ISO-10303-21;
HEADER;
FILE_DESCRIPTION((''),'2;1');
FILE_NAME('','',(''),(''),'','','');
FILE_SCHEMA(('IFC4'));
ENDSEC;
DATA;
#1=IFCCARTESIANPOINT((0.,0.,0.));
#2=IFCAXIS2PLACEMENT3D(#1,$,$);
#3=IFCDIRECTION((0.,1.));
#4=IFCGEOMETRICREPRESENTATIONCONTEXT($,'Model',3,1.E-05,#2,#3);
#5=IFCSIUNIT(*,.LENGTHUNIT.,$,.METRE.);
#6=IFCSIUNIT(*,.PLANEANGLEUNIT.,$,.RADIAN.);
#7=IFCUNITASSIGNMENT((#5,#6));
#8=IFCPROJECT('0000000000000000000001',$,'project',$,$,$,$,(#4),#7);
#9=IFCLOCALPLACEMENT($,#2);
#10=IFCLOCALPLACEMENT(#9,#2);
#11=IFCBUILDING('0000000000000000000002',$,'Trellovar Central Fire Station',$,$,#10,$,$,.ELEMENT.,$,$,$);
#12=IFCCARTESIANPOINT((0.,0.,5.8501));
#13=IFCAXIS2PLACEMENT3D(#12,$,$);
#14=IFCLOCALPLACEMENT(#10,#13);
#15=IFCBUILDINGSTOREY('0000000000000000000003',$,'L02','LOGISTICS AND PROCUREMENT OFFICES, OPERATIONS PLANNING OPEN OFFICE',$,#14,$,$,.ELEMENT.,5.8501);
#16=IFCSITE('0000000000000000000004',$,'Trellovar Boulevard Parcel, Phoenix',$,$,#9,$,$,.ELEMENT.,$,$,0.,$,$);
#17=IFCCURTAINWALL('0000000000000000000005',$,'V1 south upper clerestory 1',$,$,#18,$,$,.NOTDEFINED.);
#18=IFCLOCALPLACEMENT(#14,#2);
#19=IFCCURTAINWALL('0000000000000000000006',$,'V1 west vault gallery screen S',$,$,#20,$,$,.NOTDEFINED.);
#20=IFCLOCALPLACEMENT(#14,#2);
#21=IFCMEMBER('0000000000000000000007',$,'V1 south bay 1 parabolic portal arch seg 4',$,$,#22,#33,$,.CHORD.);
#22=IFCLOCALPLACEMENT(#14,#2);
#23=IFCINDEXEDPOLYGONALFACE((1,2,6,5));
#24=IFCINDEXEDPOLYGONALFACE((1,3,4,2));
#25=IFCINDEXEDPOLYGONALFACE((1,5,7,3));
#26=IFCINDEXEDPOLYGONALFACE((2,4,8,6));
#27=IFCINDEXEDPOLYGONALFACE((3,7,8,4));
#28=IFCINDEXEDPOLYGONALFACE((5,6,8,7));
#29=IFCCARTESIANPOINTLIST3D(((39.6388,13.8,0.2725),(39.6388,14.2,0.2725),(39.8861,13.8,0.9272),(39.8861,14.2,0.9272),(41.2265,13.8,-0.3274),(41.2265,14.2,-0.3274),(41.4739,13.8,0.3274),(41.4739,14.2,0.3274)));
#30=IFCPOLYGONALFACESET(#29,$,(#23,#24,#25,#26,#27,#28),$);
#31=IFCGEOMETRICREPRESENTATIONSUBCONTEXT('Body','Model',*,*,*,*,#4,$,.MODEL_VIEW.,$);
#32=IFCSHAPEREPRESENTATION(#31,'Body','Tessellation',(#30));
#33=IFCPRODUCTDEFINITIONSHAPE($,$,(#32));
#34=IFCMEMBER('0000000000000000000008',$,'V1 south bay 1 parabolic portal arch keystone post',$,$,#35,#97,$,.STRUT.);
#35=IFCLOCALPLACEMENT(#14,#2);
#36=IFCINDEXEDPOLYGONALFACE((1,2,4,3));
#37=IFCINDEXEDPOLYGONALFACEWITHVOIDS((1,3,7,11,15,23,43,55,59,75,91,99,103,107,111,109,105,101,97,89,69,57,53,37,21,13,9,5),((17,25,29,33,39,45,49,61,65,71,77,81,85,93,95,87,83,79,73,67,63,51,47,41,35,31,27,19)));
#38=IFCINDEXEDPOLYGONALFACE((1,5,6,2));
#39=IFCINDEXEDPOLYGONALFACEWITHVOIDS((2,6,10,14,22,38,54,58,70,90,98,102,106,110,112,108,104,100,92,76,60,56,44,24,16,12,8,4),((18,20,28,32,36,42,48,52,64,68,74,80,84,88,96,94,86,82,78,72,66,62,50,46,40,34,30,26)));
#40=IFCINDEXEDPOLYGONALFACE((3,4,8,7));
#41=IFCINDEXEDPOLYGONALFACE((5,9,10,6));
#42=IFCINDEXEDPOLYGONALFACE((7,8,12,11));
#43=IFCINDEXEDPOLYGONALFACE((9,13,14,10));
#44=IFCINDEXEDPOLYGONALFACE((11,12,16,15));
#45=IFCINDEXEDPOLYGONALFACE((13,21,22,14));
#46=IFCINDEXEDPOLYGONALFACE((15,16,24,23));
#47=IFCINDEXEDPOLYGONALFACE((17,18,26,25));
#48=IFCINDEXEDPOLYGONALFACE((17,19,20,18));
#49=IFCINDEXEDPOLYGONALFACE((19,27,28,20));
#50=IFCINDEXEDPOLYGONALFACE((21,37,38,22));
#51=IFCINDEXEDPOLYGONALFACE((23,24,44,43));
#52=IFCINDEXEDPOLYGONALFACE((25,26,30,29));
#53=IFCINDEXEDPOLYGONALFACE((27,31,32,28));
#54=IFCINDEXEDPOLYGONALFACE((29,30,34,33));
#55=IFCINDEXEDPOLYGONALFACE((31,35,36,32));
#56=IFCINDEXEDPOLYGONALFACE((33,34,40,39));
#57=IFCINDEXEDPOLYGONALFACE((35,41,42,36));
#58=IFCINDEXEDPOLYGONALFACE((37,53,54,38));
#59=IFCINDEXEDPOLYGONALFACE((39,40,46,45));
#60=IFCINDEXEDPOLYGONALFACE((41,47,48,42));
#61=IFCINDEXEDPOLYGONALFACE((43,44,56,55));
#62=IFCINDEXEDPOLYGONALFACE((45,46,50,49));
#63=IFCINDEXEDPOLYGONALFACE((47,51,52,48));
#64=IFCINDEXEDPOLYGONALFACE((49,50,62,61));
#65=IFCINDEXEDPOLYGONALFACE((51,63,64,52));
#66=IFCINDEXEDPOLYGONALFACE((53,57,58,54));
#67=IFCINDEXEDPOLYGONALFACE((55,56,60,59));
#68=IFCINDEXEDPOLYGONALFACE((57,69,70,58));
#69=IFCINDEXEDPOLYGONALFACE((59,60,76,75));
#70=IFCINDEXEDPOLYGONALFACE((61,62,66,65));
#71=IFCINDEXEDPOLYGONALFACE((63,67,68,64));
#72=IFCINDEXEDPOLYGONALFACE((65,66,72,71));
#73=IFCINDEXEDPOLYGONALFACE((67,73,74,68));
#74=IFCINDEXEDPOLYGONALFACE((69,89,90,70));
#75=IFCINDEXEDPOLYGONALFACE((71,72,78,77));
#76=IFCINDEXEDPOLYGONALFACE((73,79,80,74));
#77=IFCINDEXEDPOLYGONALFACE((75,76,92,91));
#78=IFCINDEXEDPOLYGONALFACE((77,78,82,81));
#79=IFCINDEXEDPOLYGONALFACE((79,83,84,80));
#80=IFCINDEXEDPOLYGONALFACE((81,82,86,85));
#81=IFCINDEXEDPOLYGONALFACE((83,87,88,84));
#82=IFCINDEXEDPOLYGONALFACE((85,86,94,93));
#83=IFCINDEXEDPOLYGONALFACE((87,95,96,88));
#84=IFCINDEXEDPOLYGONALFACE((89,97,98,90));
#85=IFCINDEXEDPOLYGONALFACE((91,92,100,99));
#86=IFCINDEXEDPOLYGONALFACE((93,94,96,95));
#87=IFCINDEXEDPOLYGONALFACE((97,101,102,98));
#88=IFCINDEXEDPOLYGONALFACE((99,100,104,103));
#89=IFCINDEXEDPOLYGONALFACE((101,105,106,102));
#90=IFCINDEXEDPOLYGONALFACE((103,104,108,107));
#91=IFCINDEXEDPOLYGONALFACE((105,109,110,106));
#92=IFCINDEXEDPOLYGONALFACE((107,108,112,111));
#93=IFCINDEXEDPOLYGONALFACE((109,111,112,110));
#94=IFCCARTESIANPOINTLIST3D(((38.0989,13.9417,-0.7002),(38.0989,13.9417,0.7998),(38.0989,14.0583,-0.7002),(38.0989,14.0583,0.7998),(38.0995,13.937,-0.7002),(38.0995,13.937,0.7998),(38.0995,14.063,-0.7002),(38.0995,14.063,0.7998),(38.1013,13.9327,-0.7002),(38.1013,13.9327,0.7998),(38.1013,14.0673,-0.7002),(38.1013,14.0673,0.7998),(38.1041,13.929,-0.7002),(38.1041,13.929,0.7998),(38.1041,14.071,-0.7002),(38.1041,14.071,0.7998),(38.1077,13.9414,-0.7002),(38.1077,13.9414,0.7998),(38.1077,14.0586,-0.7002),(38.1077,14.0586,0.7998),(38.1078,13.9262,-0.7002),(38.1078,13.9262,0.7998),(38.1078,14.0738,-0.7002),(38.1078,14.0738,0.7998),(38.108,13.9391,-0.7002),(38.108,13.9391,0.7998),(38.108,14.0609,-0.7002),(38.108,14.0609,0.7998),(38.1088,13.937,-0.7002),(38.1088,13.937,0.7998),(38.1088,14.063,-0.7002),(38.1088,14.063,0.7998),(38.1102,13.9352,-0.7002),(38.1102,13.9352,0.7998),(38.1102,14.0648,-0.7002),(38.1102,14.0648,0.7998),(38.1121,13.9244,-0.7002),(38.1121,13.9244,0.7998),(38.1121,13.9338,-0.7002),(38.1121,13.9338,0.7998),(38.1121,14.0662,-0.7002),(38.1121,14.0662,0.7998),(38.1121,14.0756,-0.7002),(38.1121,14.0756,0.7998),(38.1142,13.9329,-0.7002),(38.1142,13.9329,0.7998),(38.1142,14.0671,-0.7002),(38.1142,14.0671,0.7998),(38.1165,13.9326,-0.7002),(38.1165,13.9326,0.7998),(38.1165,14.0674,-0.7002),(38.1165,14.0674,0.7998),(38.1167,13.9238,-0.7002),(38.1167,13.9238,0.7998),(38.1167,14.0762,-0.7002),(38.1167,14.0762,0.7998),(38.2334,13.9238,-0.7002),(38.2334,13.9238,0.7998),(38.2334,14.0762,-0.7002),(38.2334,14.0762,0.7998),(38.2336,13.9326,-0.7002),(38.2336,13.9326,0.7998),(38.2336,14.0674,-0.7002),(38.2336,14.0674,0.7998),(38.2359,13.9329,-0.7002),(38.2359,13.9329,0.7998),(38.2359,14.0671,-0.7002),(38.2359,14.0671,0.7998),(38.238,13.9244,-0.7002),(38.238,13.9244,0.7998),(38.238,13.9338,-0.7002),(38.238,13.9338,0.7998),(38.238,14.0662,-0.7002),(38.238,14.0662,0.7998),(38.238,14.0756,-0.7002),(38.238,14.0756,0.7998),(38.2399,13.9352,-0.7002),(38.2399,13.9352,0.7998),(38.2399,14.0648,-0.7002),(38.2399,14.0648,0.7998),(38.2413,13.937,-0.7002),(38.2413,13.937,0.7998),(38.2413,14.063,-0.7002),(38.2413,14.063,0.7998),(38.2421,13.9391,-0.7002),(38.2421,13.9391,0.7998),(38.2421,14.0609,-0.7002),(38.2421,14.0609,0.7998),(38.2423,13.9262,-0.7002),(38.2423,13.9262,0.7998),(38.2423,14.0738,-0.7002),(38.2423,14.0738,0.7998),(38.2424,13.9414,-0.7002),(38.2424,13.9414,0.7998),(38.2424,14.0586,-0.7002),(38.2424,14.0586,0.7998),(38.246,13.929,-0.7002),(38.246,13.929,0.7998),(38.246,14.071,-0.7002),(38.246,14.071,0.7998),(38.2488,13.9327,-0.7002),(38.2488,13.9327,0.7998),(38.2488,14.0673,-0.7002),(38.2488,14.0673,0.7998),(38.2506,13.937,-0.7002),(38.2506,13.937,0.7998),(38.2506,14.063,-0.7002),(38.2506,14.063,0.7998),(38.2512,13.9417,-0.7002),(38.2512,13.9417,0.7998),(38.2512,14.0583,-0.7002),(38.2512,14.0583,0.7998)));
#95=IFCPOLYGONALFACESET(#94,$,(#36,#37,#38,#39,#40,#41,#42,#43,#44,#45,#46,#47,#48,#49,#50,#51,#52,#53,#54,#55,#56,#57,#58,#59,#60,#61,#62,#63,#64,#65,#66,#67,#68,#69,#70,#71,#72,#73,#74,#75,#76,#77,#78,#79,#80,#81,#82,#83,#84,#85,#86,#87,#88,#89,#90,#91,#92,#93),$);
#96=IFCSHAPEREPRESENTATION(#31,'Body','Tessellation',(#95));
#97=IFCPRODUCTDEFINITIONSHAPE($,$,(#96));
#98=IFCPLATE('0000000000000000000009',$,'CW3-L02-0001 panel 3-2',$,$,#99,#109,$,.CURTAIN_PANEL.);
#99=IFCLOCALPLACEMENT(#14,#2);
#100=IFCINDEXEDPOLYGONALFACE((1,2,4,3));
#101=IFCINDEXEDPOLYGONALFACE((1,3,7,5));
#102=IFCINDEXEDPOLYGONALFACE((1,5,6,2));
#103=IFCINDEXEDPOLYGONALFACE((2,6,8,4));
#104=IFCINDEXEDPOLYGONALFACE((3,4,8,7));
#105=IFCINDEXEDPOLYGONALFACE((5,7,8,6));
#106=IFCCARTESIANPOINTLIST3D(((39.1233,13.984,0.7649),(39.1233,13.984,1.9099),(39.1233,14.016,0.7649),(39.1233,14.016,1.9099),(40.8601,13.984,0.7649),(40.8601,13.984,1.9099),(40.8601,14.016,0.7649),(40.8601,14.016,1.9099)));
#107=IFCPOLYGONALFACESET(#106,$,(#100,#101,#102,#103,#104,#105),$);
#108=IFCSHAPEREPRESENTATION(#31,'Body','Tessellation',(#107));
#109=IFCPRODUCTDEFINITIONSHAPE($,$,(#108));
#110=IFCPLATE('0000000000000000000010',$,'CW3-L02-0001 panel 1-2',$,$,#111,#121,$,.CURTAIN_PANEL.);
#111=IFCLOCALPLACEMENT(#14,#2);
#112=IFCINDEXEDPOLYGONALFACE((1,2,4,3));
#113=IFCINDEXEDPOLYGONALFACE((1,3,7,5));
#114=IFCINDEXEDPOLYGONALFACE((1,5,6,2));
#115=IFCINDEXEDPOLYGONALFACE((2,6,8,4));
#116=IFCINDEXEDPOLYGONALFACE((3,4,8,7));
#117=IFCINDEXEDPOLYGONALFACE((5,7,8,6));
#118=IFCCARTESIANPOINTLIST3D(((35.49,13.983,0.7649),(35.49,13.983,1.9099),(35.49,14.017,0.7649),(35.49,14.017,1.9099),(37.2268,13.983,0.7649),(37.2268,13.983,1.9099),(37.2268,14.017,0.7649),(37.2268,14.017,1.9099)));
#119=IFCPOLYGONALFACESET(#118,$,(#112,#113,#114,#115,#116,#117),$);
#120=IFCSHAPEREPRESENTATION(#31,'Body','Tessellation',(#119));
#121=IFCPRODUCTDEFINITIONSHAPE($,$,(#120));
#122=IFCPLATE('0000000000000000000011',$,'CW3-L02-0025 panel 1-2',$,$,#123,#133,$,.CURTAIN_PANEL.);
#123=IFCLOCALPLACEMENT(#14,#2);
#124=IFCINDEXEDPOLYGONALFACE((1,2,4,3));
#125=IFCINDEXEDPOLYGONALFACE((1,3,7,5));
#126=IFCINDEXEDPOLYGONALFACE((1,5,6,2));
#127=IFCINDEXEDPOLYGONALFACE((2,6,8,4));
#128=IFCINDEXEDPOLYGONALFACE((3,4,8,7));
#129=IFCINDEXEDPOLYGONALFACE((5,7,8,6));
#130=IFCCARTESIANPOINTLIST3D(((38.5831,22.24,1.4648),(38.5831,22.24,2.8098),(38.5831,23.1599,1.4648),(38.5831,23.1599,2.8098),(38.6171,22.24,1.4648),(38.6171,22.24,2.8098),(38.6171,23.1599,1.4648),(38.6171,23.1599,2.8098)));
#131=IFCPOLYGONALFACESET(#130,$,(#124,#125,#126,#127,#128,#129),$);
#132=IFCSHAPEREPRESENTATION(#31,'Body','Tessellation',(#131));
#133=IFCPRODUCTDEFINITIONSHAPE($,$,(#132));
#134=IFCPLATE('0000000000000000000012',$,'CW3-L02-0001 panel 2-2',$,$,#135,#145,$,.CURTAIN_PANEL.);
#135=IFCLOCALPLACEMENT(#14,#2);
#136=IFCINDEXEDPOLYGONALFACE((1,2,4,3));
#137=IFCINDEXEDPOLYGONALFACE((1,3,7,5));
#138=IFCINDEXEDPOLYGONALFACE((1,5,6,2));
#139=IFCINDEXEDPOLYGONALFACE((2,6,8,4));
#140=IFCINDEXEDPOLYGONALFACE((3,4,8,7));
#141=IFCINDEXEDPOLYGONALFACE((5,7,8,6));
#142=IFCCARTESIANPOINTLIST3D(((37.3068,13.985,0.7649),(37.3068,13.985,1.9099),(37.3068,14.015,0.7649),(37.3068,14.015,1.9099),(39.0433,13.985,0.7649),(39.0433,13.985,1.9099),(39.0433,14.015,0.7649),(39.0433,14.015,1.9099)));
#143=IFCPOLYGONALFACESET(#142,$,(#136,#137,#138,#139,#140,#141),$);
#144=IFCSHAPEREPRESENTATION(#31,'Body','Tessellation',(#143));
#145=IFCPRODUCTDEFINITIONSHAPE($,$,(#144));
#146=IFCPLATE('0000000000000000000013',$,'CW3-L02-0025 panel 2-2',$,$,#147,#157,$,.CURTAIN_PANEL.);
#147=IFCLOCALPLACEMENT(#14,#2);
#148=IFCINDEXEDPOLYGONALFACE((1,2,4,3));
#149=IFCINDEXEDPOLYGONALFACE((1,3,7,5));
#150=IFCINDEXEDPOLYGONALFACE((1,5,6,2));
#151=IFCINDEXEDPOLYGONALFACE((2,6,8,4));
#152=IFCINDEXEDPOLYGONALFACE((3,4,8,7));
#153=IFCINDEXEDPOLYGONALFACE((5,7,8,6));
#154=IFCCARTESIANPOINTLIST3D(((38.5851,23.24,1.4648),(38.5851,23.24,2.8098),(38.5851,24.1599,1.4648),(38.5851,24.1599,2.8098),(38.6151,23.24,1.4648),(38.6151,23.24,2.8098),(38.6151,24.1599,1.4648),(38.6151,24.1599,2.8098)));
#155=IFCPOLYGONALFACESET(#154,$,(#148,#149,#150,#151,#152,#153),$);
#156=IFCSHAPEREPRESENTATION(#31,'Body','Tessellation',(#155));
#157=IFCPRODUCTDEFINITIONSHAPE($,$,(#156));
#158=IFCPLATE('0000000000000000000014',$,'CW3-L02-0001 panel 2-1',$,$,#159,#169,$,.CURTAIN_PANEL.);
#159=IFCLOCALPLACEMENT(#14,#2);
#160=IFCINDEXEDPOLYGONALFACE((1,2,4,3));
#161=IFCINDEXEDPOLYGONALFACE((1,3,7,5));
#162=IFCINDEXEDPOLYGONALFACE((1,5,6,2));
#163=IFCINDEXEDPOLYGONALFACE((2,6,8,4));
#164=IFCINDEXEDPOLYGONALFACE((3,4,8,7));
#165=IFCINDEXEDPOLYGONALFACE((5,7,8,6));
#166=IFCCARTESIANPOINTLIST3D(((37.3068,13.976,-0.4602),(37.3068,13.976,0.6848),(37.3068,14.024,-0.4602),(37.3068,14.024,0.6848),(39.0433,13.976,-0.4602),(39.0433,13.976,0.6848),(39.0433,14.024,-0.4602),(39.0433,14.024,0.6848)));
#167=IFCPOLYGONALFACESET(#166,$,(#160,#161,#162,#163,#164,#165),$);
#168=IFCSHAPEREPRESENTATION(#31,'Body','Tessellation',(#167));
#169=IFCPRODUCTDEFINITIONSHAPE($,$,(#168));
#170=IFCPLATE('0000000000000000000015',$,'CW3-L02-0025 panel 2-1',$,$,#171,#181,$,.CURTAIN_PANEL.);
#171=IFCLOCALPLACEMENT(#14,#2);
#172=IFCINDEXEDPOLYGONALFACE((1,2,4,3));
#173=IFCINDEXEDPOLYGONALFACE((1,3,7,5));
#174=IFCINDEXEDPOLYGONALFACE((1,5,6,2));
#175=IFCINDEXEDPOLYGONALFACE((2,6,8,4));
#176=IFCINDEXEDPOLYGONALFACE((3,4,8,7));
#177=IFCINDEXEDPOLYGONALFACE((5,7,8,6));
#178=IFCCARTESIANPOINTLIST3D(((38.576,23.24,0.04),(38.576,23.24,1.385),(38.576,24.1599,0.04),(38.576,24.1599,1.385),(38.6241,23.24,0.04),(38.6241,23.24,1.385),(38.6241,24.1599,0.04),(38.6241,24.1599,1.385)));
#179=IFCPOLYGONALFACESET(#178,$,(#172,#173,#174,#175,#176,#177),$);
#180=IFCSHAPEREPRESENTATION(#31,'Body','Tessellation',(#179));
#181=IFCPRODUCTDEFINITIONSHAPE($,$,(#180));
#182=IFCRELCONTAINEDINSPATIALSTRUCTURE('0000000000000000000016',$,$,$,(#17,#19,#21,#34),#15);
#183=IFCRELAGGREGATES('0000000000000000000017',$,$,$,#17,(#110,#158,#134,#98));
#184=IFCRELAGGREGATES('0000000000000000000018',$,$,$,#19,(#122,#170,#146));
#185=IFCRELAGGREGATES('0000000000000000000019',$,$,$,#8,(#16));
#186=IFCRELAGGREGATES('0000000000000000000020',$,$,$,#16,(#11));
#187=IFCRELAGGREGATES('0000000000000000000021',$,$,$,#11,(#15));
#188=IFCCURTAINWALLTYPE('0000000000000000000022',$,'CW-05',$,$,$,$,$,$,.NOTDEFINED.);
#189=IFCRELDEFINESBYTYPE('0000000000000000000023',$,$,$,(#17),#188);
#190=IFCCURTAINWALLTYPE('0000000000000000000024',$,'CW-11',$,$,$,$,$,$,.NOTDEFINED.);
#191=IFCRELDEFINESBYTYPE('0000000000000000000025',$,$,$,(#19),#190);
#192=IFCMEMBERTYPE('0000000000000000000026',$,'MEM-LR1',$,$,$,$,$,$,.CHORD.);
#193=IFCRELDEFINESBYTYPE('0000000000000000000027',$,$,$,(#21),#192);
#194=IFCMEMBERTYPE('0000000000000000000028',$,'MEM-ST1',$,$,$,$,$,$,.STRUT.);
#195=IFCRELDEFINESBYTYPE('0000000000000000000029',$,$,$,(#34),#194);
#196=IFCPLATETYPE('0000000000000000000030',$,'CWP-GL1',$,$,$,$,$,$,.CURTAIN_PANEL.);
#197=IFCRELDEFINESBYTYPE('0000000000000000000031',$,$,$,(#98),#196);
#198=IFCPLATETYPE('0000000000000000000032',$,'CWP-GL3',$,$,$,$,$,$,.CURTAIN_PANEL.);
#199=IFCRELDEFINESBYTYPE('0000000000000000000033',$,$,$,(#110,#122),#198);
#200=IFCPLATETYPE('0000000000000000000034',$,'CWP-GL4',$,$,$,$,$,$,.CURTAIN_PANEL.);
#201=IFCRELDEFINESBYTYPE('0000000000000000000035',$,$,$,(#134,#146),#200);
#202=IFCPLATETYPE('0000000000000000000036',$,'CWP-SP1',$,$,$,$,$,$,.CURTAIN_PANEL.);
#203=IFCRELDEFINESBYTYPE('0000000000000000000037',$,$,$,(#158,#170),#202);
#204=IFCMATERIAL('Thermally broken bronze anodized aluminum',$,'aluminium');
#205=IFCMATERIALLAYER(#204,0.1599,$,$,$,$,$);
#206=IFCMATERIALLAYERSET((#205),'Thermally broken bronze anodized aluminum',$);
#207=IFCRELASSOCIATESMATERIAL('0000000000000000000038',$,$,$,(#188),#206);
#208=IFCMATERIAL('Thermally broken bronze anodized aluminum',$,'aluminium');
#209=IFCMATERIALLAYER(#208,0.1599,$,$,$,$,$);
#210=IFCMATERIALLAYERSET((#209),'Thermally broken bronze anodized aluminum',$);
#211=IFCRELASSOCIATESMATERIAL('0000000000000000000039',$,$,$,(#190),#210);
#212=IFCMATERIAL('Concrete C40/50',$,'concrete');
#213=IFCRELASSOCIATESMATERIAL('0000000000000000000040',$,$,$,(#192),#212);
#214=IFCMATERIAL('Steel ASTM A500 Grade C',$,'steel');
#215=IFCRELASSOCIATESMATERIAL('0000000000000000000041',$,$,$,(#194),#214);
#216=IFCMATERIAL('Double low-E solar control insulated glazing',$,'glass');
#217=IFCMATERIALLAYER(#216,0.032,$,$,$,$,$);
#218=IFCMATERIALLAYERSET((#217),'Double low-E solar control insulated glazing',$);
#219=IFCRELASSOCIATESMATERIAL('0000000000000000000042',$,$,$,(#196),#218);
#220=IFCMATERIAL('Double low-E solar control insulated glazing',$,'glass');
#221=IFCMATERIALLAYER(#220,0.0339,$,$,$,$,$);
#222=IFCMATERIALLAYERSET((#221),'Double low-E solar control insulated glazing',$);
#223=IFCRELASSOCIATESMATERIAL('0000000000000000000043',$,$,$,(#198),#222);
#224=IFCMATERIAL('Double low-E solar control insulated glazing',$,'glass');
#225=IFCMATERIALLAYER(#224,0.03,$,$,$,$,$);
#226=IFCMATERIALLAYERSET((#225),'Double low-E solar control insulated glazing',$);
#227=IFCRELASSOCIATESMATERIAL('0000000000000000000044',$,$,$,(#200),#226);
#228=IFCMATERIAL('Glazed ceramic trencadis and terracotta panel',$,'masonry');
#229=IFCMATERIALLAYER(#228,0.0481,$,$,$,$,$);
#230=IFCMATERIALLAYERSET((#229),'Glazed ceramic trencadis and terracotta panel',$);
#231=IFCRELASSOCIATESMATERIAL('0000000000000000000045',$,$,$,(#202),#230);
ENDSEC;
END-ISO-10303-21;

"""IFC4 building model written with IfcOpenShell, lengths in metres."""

from ifc_helpers import new_model, si_unit, direction, frame, origin, origin_2d, place, context, subcontext, project, spatial, rectangle, hollow_rectangle, extrude, material, layer, layer_set, material_profile, profile_set, type_object, element, aggregate, save


model = new_model("IFC4")

# Units and contexts
model_context = context("Model", 3, precision=1e-05, world=origin(), true_north=direction((0.0, 1.0)))
body_context = subcontext(model_context, "Body", "Model", "MODEL_VIEW")
ifc_project = project(units=[si_unit("LENGTHUNIT", "METRE"), si_unit("PLANEANGLEUNIT", "RADIAN")], contexts=[model_context])

# Site, building, storey
site_placement = place(None, origin())
site = spatial("IfcSite", under=ifc_project, at=site_placement, Name="Trellovar Boulevard Parcel, Phoenix", CompositionType="ELEMENT", RefElevation=0.0)
building_placement = place(site_placement, origin())
building = spatial("IfcBuilding", under=site, at=building_placement, Name="Trellovar Central Fire Station", CompositionType="ELEMENT")
storey_placement = place(building_placement, frame((0.0, 0.0, 5.8501)))
storey = spatial("IfcBuildingStorey", under=building, at=storey_placement, Name="L02", Description="LOGISTICS AND PROCUREMENT OFFICES, OPERATIONS PLANNING OPEN OFFICE", CompositionType="ELEMENT", Elevation=5.8501)

# Curtain walls
ifc_material_1 = material(Name="Thermally broken bronze anodized aluminum", Category="aluminium")
ifc_layer_1 = layer(ifc_material_1, 0.1599)
ifc_layer_set_1 = layer_set([ifc_layer_1], Name="Thermally broken bronze anodized aluminum")
curtain_wall_type_1 = type_object("IfcCurtainWallType", Name="CW-05", PredefinedType="NOTDEFINED", material=ifc_layer_set_1)
curtain_wall_1_placement = place(storey_placement, origin())
curtain_wall_1 = element("IfcCurtainWall", 1, at=curtain_wall_1_placement, inside=storey, type_object=curtain_wall_type_1, Name="V1 south upper clerestory 1", PredefinedType="NOTDEFINED")
ifc_material_2 = material(Name="Thermally broken bronze anodized aluminum", Category="aluminium")
ifc_layer_2 = layer(ifc_material_2, 0.1599)
ifc_layer_set_2 = layer_set([ifc_layer_2], Name="Thermally broken bronze anodized aluminum")
curtain_wall_type_2 = type_object("IfcCurtainWallType", Name="CW-11", PredefinedType="NOTDEFINED", material=ifc_layer_set_2)
curtain_wall_2_placement = place(storey_placement, origin())
curtain_wall_2 = element("IfcCurtainWall", 2, at=curtain_wall_2_placement, inside=storey, type_object=curtain_wall_type_2, Name="V1 west vault gallery screen S", PredefinedType="NOTDEFINED")

# Members
ifc_material_3 = material(Name="Concrete C40/50", Category="concrete")
ifc_material_profile_1 = material_profile(ifc_material_3, rectangle(XDim=0.3999, YDim=0.7, at=origin_2d()), Name="RC400X700")
ifc_profile_set_1 = profile_set([ifc_material_profile_1], Name="Concrete C40/50")
member_type_1 = type_object("IfcMemberType", Name="MEM-LR1", PredefinedType="CHORD", material=ifc_profile_set_1)
member_1_placement = place(storey_placement, frame((39.7625, 14.0, 0.5999), z_axis=(0.935457, 0.0, -0.35344), x_axis=(0.0, 1.0, 0.0)))
element("IfcMember", 3, at=member_1_placement, inside=storey, type_object=member_type_1, Name="V1 south bay 1 parabolic portal arch seg 4", PredefinedType="CHORD", context=body_context, shape_type="SweptSolid", body=[
    extrude(rectangle(XDim=0.3999, YDim=0.7, at=origin_2d()), origin(), (0.0, 0.0, 1.0), 1.6973),
])
ifc_material_4 = material(Name="Steel ASTM A500 Grade C", Category="steel")
ifc_material_profile_2 = material_profile(ifc_material_4, hollow_rectangle(XDim=0.1523, YDim=0.1523, WallThickness=0.0088, InnerFilletRadius=0.0088, OuterFilletRadius=0.0178, at=origin_2d()), Name="HSS6X6X3/8")
ifc_profile_set_2 = profile_set([ifc_material_profile_2], Name="Steel ASTM A500 Grade C")
member_type_2 = type_object("IfcMemberType", Name="MEM-ST1", PredefinedType="STRUT", material=ifc_profile_set_2)
member_2_placement = place(storey_placement, frame((38.175, 14.0, -0.7002), z_axis=(0.0, 0.0, 1.0), x_axis=(1.0, 0.0, 0.0)))
element("IfcMember", 4, at=member_2_placement, inside=storey, type_object=member_type_2, Name="V1 south bay 1 parabolic portal arch keystone post", PredefinedType="STRUT", context=body_context, shape_type="SweptSolid", body=[
    extrude(hollow_rectangle(XDim=0.1523, YDim=0.1523, WallThickness=0.0088, InnerFilletRadius=0.0088, OuterFilletRadius=0.0178, at=origin_2d()), origin(), (0.0, 0.0, 1.0), 1.5),
])

# Plates
ifc_material_5 = material(Name="Double low-E solar control insulated glazing", Category="glass")
ifc_layer_3 = layer(ifc_material_5, 0.032)
ifc_layer_set_3 = layer_set([ifc_layer_3], Name="Double low-E solar control insulated glazing")
plate_type_1 = type_object("IfcPlateType", Name="CWP-GL1", PredefinedType="CURTAIN_PANEL", material=ifc_layer_set_3)
plate_1_placement = place(storey_placement, frame((39.9917, 14.0, 0.7649), z_axis=(0.0, 0.0, 1.0), x_axis=(1.0, 0.0, 0.0)))
plate_1 = element("IfcPlate", 5, at=plate_1_placement, type_object=plate_type_1, Name="CW3-L02-0001 panel 3-2", PredefinedType="CURTAIN_PANEL", context=body_context, shape_type="SweptSolid", body=[
    extrude(rectangle(XDim=1.7368, YDim=0.032, at=origin_2d()), origin(), (0.0, 0.0, 1.0), 1.145),
])
ifc_material_6 = material(Name="Double low-E solar control insulated glazing", Category="glass")
ifc_layer_4 = layer(ifc_material_6, 0.0339)
ifc_layer_set_4 = layer_set([ifc_layer_4], Name="Double low-E solar control insulated glazing")
plate_type_2 = type_object("IfcPlateType", Name="CWP-GL3", PredefinedType="CURTAIN_PANEL", material=ifc_layer_set_4)
plate_2_placement = place(storey_placement, frame((36.3584, 14.0, 0.7649), z_axis=(0.0, 0.0, 1.0), x_axis=(1.0, 0.0, 0.0)))
plate_2 = element("IfcPlate", 6, at=plate_2_placement, type_object=plate_type_2, Name="CW3-L02-0001 panel 1-2", PredefinedType="CURTAIN_PANEL", context=body_context, shape_type="SweptSolid", body=[
    extrude(rectangle(XDim=1.7368, YDim=0.0339, at=origin_2d()), origin(), (0.0, 0.0, 1.0), 1.145),
])
plate_3_placement = place(storey_placement, frame((38.6001, 22.7, 1.4648), z_axis=(0.0, 0.0, 1.0), x_axis=(0.0, 1.0, 0.0)))
plate_3 = element("IfcPlate", 7, at=plate_3_placement, type_object=plate_type_2, Name="CW3-L02-0025 panel 1-2", PredefinedType="CURTAIN_PANEL", context=body_context, shape_type="SweptSolid", body=[
    extrude(rectangle(XDim=0.9199, YDim=0.0339, at=origin_2d()), origin(), (0.0, 0.0, 1.0), 1.345),
])
ifc_material_7 = material(Name="Double low-E solar control insulated glazing", Category="glass")
ifc_layer_5 = layer(ifc_material_7, 0.03)
ifc_layer_set_5 = layer_set([ifc_layer_5], Name="Double low-E solar control insulated glazing")
plate_type_3 = type_object("IfcPlateType", Name="CWP-GL4", PredefinedType="CURTAIN_PANEL", material=ifc_layer_set_5)
plate_4_placement = place(storey_placement, frame((38.175, 14.0, 0.7649), z_axis=(0.0, 0.0, 1.0), x_axis=(1.0, 0.0, 0.0)))
plate_4 = element("IfcPlate", 8, at=plate_4_placement, type_object=plate_type_3, Name="CW3-L02-0001 panel 2-2", PredefinedType="CURTAIN_PANEL", context=body_context, shape_type="SweptSolid", body=[
    extrude(rectangle(XDim=1.7366, YDim=0.03, at=origin_2d()), origin(), (0.0, 0.0, 1.0), 1.145),
])
plate_5_placement = place(storey_placement, frame((38.6001, 23.7, 1.4648), z_axis=(0.0, 0.0, 1.0), x_axis=(0.0, 1.0, 0.0)))
plate_5 = element("IfcPlate", 9, at=plate_5_placement, type_object=plate_type_3, Name="CW3-L02-0025 panel 2-2", PredefinedType="CURTAIN_PANEL", context=body_context, shape_type="SweptSolid", body=[
    extrude(rectangle(XDim=0.9199, YDim=0.03, at=origin_2d()), origin(), (0.0, 0.0, 1.0), 1.345),
])
ifc_material_8 = material(Name="Glazed ceramic trencadis and terracotta panel", Category="masonry")
ifc_layer_6 = layer(ifc_material_8, 0.0481)
ifc_layer_set_6 = layer_set([ifc_layer_6], Name="Glazed ceramic trencadis and terracotta panel")
plate_type_4 = type_object("IfcPlateType", Name="CWP-SP1", PredefinedType="CURTAIN_PANEL", material=ifc_layer_set_6)
plate_6_placement = place(storey_placement, frame((38.175, 14.0, -0.4602), z_axis=(0.0, 0.0, 1.0), x_axis=(1.0, 0.0, 0.0)))
plate_6 = element("IfcPlate", 10, at=plate_6_placement, type_object=plate_type_4, Name="CW3-L02-0001 panel 2-1", PredefinedType="CURTAIN_PANEL", context=body_context, shape_type="SweptSolid", body=[
    extrude(rectangle(XDim=1.7366, YDim=0.0481, at=origin_2d()), origin(), (0.0, 0.0, 1.0), 1.145),
])
plate_7_placement = place(storey_placement, frame((38.6001, 23.7, 0.04), z_axis=(0.0, 0.0, 1.0), x_axis=(0.0, 1.0, 0.0)))
plate_7 = element("IfcPlate", 11, at=plate_7_placement, type_object=plate_type_4, Name="CW3-L02-0025 panel 2-1", PredefinedType="CURTAIN_PANEL", context=body_context, shape_type="SweptSolid", body=[
    extrude(rectangle(XDim=0.9199, YDim=0.0481, at=origin_2d()), origin(), (0.0, 0.0, 1.0), 1.345),
])
aggregate(curtain_wall_1, [plate_2, plate_6, plate_4, plate_1])
aggregate(curtain_wall_2, [plate_3, plate_7, plate_5])

save(model, "model.ifc")
